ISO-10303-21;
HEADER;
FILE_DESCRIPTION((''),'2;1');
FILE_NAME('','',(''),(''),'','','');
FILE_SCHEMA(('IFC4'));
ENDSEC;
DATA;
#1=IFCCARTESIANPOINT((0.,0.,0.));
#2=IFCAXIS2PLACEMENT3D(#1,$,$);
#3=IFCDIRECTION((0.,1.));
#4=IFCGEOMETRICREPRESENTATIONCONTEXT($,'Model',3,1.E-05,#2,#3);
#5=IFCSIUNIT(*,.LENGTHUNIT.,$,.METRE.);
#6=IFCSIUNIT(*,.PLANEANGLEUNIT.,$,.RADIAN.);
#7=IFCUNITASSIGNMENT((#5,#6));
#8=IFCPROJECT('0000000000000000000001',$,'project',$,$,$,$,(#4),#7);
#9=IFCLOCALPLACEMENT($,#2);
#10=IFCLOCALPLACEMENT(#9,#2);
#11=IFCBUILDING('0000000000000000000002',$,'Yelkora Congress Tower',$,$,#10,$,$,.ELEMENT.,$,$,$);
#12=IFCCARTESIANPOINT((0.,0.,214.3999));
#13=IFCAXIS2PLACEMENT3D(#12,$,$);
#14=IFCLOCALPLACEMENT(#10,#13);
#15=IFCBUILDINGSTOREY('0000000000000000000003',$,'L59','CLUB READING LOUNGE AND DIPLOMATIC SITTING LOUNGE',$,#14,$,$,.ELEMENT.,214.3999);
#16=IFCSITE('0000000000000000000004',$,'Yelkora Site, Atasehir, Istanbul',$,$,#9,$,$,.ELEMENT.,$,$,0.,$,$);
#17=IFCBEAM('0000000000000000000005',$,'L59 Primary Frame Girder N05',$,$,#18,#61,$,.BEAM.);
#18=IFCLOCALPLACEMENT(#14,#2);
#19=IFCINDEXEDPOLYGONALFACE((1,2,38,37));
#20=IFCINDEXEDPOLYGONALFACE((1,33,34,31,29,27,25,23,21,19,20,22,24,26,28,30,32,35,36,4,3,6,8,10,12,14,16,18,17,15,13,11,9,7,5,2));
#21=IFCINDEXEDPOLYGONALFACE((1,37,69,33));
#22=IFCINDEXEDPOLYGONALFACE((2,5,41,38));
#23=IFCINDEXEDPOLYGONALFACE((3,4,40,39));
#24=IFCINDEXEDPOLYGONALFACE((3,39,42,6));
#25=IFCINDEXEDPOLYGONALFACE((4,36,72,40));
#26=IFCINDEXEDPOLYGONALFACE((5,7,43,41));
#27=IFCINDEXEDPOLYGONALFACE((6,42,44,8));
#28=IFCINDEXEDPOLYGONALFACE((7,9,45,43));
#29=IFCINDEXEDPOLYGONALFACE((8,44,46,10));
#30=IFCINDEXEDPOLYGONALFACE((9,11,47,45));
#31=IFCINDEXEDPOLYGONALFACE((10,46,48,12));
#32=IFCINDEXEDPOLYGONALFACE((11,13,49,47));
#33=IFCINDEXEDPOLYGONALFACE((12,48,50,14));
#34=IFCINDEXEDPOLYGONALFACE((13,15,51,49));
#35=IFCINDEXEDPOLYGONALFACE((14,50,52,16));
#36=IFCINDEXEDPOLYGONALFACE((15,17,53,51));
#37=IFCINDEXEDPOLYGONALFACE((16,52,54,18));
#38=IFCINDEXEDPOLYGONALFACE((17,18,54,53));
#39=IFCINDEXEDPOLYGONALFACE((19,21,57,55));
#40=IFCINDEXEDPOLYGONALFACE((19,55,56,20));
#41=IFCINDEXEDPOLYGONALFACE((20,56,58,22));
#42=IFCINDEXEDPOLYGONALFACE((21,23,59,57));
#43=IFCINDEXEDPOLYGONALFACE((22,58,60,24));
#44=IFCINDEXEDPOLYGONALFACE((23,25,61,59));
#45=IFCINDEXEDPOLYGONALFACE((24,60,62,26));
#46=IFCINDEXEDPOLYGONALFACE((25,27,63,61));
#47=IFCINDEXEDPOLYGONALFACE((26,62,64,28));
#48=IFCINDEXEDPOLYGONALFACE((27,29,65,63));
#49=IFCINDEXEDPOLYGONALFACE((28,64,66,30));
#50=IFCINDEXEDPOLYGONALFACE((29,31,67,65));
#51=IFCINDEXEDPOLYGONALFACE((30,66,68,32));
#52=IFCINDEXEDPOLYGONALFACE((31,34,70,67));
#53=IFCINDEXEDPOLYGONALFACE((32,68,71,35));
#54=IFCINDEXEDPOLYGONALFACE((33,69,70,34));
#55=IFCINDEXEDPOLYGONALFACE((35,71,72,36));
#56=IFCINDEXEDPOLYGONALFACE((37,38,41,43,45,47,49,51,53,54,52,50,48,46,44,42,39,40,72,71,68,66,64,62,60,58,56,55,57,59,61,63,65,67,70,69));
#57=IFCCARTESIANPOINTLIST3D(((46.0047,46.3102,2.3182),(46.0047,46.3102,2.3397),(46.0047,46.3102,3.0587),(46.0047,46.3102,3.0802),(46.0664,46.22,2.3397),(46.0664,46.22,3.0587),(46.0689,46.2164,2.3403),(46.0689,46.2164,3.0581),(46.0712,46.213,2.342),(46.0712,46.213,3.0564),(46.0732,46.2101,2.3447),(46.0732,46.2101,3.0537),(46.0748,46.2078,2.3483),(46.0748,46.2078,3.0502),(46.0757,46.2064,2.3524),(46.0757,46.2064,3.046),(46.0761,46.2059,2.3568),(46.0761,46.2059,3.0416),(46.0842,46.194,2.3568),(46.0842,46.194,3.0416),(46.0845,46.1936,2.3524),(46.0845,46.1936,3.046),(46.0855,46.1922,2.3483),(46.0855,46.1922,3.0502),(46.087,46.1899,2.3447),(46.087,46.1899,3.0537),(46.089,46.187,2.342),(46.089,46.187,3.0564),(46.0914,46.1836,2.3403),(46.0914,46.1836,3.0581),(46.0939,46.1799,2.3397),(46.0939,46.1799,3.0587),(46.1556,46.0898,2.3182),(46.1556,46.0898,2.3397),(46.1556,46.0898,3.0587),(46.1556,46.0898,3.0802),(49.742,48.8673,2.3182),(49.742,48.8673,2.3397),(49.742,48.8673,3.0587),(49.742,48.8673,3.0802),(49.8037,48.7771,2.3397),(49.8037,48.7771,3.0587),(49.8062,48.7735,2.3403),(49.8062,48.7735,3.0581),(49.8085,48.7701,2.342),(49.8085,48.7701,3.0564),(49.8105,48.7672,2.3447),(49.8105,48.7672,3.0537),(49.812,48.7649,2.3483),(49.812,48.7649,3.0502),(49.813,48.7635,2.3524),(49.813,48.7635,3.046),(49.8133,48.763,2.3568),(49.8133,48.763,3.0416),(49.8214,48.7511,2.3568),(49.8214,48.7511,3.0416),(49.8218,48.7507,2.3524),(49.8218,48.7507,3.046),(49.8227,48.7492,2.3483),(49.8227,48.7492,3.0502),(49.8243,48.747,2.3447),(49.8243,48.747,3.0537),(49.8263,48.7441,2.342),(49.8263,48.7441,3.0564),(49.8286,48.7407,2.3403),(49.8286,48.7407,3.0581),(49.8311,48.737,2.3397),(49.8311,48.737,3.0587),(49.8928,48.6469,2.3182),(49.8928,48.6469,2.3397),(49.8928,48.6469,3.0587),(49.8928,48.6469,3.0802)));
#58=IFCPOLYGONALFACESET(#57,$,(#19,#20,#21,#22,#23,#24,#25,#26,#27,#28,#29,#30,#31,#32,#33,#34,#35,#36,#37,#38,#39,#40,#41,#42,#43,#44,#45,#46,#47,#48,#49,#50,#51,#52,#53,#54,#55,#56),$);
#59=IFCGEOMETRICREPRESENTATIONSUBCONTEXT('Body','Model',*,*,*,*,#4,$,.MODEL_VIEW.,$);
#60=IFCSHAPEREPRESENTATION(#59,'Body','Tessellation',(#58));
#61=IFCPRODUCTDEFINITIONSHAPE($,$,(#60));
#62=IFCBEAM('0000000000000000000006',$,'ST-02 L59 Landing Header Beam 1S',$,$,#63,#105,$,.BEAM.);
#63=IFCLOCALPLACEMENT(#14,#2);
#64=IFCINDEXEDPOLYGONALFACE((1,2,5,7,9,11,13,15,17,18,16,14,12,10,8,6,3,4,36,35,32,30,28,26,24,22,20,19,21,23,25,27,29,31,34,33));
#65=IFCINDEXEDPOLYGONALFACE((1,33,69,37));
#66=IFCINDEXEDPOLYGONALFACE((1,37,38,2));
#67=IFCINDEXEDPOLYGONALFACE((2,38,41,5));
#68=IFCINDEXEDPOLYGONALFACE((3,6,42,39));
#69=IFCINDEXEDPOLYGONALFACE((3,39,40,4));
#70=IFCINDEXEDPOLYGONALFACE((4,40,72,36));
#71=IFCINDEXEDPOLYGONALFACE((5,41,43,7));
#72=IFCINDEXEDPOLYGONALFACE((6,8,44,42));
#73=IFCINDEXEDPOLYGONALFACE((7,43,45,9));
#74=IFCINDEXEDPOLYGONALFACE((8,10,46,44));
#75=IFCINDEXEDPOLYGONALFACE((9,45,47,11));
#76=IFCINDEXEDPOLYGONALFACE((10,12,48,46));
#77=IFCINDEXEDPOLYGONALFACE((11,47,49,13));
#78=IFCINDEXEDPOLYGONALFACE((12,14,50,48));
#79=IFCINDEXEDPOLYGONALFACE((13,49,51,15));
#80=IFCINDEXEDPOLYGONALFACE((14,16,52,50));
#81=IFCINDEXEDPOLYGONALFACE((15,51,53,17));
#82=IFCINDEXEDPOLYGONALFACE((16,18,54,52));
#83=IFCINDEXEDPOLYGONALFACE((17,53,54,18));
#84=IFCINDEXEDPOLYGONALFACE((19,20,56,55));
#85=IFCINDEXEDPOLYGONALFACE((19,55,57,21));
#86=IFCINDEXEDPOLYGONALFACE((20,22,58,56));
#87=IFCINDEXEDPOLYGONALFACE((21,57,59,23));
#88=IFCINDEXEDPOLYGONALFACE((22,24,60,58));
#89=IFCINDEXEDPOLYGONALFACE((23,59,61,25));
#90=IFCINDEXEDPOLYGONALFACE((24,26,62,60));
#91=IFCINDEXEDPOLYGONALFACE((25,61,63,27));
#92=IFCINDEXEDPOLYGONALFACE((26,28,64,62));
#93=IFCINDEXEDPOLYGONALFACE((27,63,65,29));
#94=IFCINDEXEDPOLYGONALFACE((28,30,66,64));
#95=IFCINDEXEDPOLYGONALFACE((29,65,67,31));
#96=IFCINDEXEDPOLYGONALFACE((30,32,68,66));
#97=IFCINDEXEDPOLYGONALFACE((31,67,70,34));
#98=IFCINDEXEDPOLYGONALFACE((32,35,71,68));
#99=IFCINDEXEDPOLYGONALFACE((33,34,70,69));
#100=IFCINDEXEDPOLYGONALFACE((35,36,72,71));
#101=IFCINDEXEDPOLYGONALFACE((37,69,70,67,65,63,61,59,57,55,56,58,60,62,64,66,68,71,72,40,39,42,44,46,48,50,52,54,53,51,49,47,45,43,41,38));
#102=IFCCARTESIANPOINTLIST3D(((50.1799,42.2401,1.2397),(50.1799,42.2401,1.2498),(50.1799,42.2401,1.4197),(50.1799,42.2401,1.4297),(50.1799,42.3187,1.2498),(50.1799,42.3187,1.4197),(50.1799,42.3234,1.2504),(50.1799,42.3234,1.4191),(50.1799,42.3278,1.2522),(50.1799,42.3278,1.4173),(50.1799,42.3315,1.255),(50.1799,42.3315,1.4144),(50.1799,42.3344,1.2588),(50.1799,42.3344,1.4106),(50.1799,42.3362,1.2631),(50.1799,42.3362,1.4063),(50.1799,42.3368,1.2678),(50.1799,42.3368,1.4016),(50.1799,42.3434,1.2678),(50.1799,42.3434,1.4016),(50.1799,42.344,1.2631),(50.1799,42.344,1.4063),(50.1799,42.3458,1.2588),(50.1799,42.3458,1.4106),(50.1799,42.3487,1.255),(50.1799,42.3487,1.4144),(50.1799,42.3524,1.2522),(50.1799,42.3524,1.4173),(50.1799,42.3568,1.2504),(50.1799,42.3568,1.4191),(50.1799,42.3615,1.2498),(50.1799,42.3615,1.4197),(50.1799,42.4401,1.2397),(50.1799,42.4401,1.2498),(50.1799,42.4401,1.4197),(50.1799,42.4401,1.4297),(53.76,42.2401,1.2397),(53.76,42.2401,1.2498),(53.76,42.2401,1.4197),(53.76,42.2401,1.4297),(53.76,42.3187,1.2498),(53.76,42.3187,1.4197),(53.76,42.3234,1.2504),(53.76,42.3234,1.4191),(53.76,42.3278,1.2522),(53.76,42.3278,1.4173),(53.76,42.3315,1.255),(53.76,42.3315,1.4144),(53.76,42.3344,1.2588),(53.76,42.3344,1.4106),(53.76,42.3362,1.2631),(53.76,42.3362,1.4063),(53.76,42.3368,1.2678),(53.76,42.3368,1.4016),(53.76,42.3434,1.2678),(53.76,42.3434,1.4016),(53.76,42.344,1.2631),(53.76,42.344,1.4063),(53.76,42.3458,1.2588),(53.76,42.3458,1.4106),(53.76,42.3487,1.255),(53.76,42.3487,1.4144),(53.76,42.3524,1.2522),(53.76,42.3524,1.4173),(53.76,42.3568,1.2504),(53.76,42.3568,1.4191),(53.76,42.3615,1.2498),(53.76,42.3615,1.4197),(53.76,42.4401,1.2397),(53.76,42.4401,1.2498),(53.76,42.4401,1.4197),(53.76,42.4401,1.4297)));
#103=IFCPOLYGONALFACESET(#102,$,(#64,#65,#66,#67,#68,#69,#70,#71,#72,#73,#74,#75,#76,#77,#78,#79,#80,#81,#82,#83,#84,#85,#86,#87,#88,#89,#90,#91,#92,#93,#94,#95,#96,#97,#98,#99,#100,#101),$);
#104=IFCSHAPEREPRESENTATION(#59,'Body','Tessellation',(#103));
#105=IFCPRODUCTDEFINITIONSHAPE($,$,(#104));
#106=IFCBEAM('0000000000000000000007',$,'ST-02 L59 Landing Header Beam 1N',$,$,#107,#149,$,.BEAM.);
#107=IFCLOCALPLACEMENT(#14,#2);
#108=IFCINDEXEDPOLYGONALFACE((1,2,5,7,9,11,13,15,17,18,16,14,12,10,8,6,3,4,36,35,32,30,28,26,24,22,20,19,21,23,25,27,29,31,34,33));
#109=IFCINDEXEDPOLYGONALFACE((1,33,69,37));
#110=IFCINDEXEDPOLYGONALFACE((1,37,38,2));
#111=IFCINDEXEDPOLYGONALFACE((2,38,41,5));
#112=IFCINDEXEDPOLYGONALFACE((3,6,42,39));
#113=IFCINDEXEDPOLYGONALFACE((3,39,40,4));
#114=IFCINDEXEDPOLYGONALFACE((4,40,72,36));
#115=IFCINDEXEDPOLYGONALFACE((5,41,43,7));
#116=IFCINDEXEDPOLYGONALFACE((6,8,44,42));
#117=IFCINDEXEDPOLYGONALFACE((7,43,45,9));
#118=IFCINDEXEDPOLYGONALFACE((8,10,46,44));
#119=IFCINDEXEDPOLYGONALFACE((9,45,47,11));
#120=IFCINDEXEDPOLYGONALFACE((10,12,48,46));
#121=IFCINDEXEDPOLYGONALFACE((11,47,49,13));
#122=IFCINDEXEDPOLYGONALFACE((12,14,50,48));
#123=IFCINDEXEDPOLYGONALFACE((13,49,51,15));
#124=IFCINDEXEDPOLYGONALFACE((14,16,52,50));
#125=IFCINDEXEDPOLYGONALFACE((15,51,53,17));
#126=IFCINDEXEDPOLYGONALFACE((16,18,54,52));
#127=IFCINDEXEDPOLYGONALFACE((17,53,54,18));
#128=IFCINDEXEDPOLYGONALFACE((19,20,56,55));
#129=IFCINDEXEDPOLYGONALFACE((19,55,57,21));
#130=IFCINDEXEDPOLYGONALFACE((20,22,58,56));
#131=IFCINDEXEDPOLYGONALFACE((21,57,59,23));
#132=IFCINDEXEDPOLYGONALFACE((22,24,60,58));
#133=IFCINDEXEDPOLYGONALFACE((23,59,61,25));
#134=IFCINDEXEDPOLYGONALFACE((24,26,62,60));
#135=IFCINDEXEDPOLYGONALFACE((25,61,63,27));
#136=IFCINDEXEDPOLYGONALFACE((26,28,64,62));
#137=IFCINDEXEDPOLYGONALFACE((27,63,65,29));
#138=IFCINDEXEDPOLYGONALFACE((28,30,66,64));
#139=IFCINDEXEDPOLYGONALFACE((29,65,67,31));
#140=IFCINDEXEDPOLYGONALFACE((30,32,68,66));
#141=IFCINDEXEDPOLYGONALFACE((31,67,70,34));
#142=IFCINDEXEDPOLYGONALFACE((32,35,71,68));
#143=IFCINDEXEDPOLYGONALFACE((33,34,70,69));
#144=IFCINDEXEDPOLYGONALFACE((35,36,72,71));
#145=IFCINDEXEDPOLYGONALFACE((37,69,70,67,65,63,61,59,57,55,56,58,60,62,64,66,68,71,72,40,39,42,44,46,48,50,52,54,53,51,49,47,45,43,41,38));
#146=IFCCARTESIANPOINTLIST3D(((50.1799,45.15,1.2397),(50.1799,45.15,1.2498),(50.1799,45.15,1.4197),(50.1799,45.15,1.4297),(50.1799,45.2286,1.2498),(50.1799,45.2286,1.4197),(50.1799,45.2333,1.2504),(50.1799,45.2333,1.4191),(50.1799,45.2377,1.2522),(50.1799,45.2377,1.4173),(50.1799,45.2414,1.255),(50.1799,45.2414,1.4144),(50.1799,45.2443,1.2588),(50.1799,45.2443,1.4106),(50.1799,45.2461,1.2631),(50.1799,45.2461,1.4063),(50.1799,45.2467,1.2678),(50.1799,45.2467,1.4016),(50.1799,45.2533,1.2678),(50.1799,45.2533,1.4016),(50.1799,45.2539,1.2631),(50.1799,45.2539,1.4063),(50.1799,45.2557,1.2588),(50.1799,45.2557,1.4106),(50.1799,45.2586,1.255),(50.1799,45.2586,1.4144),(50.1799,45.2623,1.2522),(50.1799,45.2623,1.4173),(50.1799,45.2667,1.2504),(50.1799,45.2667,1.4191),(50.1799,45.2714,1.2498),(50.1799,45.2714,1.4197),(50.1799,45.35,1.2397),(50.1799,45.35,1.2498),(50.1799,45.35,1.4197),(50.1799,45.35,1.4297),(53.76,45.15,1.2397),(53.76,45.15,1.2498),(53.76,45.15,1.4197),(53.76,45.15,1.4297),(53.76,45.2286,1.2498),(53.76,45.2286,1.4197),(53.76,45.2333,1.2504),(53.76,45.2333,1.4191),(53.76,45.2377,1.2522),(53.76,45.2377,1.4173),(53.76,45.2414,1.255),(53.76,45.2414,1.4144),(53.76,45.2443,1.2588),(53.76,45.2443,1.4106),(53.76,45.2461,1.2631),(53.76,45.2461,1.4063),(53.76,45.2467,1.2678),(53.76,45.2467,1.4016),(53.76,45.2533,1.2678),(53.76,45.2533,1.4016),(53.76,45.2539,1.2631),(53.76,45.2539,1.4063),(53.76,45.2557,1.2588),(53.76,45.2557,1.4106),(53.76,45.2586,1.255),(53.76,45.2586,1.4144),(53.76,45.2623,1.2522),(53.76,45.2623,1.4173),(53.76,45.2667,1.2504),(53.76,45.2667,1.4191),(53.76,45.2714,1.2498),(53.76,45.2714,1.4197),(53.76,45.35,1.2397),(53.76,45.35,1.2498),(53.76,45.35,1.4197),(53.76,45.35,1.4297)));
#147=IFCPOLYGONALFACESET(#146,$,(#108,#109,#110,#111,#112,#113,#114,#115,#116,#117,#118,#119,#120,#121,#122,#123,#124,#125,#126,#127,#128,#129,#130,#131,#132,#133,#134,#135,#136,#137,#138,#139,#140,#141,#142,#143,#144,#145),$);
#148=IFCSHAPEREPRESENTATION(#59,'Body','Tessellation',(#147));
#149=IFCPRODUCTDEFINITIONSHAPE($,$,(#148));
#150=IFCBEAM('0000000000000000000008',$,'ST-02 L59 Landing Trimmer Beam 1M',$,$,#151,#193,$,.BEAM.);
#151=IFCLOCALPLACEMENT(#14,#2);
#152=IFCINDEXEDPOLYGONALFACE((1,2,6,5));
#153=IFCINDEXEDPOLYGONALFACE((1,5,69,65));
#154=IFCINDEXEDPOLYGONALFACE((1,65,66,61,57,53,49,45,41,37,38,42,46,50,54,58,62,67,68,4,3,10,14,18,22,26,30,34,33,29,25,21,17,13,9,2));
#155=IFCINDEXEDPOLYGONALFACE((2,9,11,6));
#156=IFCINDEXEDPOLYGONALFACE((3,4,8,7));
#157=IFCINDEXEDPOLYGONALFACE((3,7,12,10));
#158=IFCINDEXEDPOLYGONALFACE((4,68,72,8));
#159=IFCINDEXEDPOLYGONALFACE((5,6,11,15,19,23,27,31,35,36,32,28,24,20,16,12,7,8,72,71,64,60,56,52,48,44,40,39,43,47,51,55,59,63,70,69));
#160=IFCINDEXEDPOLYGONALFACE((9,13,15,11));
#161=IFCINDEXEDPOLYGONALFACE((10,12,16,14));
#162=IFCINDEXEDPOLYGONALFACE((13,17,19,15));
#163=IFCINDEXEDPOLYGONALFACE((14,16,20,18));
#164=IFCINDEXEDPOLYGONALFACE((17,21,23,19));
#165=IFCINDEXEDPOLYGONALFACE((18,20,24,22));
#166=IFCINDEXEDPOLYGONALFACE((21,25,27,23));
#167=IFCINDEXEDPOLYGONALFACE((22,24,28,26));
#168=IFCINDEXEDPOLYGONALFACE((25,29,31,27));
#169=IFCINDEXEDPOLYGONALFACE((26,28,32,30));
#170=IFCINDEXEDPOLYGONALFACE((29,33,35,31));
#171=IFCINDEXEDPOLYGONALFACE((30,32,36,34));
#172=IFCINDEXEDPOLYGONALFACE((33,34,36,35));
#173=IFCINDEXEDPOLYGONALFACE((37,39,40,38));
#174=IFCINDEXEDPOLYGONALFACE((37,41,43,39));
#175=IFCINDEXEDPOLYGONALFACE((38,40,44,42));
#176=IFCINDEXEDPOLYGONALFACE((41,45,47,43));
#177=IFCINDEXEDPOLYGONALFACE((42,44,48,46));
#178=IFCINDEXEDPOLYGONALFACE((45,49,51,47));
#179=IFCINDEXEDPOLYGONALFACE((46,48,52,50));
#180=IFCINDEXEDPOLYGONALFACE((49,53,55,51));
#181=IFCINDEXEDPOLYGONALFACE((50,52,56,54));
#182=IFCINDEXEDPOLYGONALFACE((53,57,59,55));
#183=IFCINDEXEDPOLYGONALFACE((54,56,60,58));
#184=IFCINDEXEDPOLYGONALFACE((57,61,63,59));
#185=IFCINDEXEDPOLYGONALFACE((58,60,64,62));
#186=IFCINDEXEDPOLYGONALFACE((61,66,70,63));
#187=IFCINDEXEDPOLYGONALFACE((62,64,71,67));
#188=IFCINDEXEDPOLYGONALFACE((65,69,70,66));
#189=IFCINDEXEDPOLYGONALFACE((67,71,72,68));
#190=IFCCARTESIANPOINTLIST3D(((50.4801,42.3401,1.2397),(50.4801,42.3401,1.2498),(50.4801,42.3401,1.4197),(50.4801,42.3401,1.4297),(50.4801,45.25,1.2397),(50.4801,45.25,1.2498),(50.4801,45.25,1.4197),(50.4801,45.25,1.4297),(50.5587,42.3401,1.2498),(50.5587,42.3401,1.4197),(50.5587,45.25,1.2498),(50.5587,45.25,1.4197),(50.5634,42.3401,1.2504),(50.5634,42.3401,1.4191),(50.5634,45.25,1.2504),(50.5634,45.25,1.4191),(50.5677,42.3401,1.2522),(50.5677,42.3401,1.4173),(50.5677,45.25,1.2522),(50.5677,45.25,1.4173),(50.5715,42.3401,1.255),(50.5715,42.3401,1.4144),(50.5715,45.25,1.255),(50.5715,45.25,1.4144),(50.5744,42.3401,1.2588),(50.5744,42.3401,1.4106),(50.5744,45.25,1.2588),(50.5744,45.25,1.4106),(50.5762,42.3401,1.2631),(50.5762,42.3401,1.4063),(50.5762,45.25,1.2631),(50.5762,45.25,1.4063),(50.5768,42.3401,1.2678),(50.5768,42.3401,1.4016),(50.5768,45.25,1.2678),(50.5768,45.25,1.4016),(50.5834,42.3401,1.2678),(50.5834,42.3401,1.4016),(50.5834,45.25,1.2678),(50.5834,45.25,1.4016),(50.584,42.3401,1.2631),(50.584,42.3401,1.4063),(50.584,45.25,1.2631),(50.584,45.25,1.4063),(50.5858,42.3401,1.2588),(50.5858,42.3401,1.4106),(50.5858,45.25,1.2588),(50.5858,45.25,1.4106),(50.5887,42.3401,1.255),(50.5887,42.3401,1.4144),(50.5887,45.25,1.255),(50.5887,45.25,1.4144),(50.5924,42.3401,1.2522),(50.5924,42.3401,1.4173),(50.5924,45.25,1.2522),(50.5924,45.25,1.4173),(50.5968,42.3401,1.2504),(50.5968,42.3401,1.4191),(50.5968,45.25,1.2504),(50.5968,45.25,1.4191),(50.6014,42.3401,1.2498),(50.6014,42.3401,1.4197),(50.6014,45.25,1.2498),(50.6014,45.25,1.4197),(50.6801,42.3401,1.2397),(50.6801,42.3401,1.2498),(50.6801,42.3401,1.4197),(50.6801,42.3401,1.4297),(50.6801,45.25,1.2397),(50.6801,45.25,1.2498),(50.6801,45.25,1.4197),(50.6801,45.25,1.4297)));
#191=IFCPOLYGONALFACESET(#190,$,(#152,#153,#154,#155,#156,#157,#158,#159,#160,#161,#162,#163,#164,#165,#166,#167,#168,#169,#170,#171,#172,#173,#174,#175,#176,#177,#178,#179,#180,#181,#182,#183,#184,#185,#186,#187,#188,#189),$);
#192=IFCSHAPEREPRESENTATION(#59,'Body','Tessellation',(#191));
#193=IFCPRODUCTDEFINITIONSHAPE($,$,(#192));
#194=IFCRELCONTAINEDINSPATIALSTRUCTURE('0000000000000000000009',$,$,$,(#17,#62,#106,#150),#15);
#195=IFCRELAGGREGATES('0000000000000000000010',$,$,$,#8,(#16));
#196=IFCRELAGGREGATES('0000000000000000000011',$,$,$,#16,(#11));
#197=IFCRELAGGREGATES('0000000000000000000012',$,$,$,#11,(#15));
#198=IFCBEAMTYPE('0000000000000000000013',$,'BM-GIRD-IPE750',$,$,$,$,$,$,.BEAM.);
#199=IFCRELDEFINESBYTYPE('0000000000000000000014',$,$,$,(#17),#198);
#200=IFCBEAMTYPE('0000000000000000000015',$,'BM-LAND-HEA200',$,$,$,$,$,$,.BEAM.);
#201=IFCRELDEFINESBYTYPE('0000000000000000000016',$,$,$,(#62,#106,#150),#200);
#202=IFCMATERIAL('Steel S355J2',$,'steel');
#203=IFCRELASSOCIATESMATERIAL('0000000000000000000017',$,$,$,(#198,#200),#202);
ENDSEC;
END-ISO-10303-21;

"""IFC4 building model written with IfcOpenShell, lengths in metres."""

from ifc_helpers import new_model, si_unit, direction, frame, origin, origin_2d, place, context, subcontext, project, spatial, i_section, extrude, material, material_profile, profile_set, type_object, element, save


model = new_model("IFC4")

# Units and contexts
model_context = context("Model", 3, precision=1e-05, world=origin(), true_north=direction((0.0, 1.0)))
body_context = subcontext(model_context, "Body", "Model", "MODEL_VIEW")
ifc_project = project(units=[si_unit("LENGTHUNIT", "METRE"), si_unit("PLANEANGLEUNIT", "RADIAN")], contexts=[model_context])

# Site, building, storey
site_placement = place(None, origin())
site = spatial("IfcSite", under=ifc_project, at=site_placement, Name="Yelkora Site, Atasehir, Istanbul", CompositionType="ELEMENT", RefElevation=0.0)
building_placement = place(site_placement, origin())
building = spatial("IfcBuilding", under=site, at=building_placement, Name="Yelkora Congress Tower", CompositionType="ELEMENT")
storey_placement = place(building_placement, frame((0.0, 0.0, 214.3999)))
storey = spatial("IfcBuildingStorey", under=building, at=storey_placement, Name="L59", Description="CLUB READING LOUNGE AND DIPLOMATIC SITTING LOUNGE", CompositionType="ELEMENT", Elevation=214.3999)

# Shared definitions
ifc_material_1 = material(Name="Steel S355J2", Category="steel")

# Beams
ifc_material_profile_1 = material_profile(ifc_material_1, i_section(OverallWidth=0.2671, OverallDepth=0.762, WebThickness=0.0144, FlangeThickness=0.0215, FilletRadius=0.0171, at=origin_2d()), Name="IPE 750x173")
ifc_profile_set_1 = profile_set([ifc_material_profile_1], Name="Steel S355J2")
beam_type_1 = type_object("IfcBeamType", Name="BM-GIRD-IPE750", PredefinedType="BEAM", material=ifc_profile_set_1)
beam_1_placement = place(storey_placement, frame((49.8174, 48.7571, 2.6992), z_axis=(-0.825305, -0.564688, 0.0), x_axis=(0.564688, -0.825305, 0.0)))
element("IfcBeam", 1, at=beam_1_placement, inside=storey, type_object=beam_type_1, Name="L59 Primary Frame Girder N05", PredefinedType="BEAM", context=body_context, shape_type="SweptSolid", body=[
    extrude(i_section(OverallWidth=0.2671, OverallDepth=0.762, WebThickness=0.0144, FlangeThickness=0.0215, FilletRadius=0.0171, at=origin_2d()), origin(), (0.0, 0.0, 1.0), 4.5283),
])
ifc_material_profile_2 = material_profile(ifc_material_1, i_section(OverallWidth=0.2, OverallDepth=0.1899, WebThickness=0.0066, FlangeThickness=0.01, FilletRadius=0.0181, at=origin_2d()), Name="HEA 200")
ifc_profile_set_2 = profile_set([ifc_material_profile_2], Name="Steel S355J2")
beam_type_2 = type_object("IfcBeamType", Name="BM-LAND-HEA200", PredefinedType="BEAM", material=ifc_profile_set_2)
for number, where, z_axis, x_axis, name in (
    (2, (50.1799, 42.3401, 1.3347), (1.0, 0.0, 0.0), (0.0, 1.0, 0.0), "ST-02 L59 Landing Header Beam 1S"),
    (3, (50.1799, 45.25, 1.3347), (1.0, 0.0, 0.0), (0.0, 1.0, 0.0), "ST-02 L59 Landing Header Beam 1N"),
):
    element("IfcBeam", number, at=place(storey_placement, frame(where, z_axis=z_axis, x_axis=x_axis)), inside=storey, type_object=beam_type_2, Name=name, PredefinedType="BEAM", context=body_context, shape_type="SweptSolid", body=[
        extrude(i_section(OverallWidth=0.2, OverallDepth=0.1899, WebThickness=0.0066, FlangeThickness=0.01, FilletRadius=0.0181, at=origin_2d()), origin(), (0.0, 0.0, 1.0), 3.5801),
    ])
beam_2_placement = place(storey_placement, frame((50.5801, 42.3401, 1.3347), z_axis=(0.0, 1.0, 0.0), x_axis=(-1.0, 0.0, 0.0)))
element("IfcBeam", 4, at=beam_2_placement, inside=storey, type_object=beam_type_2, Name="ST-02 L59 Landing Trimmer Beam 1M", PredefinedType="BEAM", context=body_context, shape_type="SweptSolid", body=[
    extrude(i_section(OverallWidth=0.2, OverallDepth=0.1899, WebThickness=0.0066, FlangeThickness=0.01, FilletRadius=0.0181, at=origin_2d()), origin(), (0.0, 0.0, 1.0), 2.9099),
])

save(model, "model.ifc")
